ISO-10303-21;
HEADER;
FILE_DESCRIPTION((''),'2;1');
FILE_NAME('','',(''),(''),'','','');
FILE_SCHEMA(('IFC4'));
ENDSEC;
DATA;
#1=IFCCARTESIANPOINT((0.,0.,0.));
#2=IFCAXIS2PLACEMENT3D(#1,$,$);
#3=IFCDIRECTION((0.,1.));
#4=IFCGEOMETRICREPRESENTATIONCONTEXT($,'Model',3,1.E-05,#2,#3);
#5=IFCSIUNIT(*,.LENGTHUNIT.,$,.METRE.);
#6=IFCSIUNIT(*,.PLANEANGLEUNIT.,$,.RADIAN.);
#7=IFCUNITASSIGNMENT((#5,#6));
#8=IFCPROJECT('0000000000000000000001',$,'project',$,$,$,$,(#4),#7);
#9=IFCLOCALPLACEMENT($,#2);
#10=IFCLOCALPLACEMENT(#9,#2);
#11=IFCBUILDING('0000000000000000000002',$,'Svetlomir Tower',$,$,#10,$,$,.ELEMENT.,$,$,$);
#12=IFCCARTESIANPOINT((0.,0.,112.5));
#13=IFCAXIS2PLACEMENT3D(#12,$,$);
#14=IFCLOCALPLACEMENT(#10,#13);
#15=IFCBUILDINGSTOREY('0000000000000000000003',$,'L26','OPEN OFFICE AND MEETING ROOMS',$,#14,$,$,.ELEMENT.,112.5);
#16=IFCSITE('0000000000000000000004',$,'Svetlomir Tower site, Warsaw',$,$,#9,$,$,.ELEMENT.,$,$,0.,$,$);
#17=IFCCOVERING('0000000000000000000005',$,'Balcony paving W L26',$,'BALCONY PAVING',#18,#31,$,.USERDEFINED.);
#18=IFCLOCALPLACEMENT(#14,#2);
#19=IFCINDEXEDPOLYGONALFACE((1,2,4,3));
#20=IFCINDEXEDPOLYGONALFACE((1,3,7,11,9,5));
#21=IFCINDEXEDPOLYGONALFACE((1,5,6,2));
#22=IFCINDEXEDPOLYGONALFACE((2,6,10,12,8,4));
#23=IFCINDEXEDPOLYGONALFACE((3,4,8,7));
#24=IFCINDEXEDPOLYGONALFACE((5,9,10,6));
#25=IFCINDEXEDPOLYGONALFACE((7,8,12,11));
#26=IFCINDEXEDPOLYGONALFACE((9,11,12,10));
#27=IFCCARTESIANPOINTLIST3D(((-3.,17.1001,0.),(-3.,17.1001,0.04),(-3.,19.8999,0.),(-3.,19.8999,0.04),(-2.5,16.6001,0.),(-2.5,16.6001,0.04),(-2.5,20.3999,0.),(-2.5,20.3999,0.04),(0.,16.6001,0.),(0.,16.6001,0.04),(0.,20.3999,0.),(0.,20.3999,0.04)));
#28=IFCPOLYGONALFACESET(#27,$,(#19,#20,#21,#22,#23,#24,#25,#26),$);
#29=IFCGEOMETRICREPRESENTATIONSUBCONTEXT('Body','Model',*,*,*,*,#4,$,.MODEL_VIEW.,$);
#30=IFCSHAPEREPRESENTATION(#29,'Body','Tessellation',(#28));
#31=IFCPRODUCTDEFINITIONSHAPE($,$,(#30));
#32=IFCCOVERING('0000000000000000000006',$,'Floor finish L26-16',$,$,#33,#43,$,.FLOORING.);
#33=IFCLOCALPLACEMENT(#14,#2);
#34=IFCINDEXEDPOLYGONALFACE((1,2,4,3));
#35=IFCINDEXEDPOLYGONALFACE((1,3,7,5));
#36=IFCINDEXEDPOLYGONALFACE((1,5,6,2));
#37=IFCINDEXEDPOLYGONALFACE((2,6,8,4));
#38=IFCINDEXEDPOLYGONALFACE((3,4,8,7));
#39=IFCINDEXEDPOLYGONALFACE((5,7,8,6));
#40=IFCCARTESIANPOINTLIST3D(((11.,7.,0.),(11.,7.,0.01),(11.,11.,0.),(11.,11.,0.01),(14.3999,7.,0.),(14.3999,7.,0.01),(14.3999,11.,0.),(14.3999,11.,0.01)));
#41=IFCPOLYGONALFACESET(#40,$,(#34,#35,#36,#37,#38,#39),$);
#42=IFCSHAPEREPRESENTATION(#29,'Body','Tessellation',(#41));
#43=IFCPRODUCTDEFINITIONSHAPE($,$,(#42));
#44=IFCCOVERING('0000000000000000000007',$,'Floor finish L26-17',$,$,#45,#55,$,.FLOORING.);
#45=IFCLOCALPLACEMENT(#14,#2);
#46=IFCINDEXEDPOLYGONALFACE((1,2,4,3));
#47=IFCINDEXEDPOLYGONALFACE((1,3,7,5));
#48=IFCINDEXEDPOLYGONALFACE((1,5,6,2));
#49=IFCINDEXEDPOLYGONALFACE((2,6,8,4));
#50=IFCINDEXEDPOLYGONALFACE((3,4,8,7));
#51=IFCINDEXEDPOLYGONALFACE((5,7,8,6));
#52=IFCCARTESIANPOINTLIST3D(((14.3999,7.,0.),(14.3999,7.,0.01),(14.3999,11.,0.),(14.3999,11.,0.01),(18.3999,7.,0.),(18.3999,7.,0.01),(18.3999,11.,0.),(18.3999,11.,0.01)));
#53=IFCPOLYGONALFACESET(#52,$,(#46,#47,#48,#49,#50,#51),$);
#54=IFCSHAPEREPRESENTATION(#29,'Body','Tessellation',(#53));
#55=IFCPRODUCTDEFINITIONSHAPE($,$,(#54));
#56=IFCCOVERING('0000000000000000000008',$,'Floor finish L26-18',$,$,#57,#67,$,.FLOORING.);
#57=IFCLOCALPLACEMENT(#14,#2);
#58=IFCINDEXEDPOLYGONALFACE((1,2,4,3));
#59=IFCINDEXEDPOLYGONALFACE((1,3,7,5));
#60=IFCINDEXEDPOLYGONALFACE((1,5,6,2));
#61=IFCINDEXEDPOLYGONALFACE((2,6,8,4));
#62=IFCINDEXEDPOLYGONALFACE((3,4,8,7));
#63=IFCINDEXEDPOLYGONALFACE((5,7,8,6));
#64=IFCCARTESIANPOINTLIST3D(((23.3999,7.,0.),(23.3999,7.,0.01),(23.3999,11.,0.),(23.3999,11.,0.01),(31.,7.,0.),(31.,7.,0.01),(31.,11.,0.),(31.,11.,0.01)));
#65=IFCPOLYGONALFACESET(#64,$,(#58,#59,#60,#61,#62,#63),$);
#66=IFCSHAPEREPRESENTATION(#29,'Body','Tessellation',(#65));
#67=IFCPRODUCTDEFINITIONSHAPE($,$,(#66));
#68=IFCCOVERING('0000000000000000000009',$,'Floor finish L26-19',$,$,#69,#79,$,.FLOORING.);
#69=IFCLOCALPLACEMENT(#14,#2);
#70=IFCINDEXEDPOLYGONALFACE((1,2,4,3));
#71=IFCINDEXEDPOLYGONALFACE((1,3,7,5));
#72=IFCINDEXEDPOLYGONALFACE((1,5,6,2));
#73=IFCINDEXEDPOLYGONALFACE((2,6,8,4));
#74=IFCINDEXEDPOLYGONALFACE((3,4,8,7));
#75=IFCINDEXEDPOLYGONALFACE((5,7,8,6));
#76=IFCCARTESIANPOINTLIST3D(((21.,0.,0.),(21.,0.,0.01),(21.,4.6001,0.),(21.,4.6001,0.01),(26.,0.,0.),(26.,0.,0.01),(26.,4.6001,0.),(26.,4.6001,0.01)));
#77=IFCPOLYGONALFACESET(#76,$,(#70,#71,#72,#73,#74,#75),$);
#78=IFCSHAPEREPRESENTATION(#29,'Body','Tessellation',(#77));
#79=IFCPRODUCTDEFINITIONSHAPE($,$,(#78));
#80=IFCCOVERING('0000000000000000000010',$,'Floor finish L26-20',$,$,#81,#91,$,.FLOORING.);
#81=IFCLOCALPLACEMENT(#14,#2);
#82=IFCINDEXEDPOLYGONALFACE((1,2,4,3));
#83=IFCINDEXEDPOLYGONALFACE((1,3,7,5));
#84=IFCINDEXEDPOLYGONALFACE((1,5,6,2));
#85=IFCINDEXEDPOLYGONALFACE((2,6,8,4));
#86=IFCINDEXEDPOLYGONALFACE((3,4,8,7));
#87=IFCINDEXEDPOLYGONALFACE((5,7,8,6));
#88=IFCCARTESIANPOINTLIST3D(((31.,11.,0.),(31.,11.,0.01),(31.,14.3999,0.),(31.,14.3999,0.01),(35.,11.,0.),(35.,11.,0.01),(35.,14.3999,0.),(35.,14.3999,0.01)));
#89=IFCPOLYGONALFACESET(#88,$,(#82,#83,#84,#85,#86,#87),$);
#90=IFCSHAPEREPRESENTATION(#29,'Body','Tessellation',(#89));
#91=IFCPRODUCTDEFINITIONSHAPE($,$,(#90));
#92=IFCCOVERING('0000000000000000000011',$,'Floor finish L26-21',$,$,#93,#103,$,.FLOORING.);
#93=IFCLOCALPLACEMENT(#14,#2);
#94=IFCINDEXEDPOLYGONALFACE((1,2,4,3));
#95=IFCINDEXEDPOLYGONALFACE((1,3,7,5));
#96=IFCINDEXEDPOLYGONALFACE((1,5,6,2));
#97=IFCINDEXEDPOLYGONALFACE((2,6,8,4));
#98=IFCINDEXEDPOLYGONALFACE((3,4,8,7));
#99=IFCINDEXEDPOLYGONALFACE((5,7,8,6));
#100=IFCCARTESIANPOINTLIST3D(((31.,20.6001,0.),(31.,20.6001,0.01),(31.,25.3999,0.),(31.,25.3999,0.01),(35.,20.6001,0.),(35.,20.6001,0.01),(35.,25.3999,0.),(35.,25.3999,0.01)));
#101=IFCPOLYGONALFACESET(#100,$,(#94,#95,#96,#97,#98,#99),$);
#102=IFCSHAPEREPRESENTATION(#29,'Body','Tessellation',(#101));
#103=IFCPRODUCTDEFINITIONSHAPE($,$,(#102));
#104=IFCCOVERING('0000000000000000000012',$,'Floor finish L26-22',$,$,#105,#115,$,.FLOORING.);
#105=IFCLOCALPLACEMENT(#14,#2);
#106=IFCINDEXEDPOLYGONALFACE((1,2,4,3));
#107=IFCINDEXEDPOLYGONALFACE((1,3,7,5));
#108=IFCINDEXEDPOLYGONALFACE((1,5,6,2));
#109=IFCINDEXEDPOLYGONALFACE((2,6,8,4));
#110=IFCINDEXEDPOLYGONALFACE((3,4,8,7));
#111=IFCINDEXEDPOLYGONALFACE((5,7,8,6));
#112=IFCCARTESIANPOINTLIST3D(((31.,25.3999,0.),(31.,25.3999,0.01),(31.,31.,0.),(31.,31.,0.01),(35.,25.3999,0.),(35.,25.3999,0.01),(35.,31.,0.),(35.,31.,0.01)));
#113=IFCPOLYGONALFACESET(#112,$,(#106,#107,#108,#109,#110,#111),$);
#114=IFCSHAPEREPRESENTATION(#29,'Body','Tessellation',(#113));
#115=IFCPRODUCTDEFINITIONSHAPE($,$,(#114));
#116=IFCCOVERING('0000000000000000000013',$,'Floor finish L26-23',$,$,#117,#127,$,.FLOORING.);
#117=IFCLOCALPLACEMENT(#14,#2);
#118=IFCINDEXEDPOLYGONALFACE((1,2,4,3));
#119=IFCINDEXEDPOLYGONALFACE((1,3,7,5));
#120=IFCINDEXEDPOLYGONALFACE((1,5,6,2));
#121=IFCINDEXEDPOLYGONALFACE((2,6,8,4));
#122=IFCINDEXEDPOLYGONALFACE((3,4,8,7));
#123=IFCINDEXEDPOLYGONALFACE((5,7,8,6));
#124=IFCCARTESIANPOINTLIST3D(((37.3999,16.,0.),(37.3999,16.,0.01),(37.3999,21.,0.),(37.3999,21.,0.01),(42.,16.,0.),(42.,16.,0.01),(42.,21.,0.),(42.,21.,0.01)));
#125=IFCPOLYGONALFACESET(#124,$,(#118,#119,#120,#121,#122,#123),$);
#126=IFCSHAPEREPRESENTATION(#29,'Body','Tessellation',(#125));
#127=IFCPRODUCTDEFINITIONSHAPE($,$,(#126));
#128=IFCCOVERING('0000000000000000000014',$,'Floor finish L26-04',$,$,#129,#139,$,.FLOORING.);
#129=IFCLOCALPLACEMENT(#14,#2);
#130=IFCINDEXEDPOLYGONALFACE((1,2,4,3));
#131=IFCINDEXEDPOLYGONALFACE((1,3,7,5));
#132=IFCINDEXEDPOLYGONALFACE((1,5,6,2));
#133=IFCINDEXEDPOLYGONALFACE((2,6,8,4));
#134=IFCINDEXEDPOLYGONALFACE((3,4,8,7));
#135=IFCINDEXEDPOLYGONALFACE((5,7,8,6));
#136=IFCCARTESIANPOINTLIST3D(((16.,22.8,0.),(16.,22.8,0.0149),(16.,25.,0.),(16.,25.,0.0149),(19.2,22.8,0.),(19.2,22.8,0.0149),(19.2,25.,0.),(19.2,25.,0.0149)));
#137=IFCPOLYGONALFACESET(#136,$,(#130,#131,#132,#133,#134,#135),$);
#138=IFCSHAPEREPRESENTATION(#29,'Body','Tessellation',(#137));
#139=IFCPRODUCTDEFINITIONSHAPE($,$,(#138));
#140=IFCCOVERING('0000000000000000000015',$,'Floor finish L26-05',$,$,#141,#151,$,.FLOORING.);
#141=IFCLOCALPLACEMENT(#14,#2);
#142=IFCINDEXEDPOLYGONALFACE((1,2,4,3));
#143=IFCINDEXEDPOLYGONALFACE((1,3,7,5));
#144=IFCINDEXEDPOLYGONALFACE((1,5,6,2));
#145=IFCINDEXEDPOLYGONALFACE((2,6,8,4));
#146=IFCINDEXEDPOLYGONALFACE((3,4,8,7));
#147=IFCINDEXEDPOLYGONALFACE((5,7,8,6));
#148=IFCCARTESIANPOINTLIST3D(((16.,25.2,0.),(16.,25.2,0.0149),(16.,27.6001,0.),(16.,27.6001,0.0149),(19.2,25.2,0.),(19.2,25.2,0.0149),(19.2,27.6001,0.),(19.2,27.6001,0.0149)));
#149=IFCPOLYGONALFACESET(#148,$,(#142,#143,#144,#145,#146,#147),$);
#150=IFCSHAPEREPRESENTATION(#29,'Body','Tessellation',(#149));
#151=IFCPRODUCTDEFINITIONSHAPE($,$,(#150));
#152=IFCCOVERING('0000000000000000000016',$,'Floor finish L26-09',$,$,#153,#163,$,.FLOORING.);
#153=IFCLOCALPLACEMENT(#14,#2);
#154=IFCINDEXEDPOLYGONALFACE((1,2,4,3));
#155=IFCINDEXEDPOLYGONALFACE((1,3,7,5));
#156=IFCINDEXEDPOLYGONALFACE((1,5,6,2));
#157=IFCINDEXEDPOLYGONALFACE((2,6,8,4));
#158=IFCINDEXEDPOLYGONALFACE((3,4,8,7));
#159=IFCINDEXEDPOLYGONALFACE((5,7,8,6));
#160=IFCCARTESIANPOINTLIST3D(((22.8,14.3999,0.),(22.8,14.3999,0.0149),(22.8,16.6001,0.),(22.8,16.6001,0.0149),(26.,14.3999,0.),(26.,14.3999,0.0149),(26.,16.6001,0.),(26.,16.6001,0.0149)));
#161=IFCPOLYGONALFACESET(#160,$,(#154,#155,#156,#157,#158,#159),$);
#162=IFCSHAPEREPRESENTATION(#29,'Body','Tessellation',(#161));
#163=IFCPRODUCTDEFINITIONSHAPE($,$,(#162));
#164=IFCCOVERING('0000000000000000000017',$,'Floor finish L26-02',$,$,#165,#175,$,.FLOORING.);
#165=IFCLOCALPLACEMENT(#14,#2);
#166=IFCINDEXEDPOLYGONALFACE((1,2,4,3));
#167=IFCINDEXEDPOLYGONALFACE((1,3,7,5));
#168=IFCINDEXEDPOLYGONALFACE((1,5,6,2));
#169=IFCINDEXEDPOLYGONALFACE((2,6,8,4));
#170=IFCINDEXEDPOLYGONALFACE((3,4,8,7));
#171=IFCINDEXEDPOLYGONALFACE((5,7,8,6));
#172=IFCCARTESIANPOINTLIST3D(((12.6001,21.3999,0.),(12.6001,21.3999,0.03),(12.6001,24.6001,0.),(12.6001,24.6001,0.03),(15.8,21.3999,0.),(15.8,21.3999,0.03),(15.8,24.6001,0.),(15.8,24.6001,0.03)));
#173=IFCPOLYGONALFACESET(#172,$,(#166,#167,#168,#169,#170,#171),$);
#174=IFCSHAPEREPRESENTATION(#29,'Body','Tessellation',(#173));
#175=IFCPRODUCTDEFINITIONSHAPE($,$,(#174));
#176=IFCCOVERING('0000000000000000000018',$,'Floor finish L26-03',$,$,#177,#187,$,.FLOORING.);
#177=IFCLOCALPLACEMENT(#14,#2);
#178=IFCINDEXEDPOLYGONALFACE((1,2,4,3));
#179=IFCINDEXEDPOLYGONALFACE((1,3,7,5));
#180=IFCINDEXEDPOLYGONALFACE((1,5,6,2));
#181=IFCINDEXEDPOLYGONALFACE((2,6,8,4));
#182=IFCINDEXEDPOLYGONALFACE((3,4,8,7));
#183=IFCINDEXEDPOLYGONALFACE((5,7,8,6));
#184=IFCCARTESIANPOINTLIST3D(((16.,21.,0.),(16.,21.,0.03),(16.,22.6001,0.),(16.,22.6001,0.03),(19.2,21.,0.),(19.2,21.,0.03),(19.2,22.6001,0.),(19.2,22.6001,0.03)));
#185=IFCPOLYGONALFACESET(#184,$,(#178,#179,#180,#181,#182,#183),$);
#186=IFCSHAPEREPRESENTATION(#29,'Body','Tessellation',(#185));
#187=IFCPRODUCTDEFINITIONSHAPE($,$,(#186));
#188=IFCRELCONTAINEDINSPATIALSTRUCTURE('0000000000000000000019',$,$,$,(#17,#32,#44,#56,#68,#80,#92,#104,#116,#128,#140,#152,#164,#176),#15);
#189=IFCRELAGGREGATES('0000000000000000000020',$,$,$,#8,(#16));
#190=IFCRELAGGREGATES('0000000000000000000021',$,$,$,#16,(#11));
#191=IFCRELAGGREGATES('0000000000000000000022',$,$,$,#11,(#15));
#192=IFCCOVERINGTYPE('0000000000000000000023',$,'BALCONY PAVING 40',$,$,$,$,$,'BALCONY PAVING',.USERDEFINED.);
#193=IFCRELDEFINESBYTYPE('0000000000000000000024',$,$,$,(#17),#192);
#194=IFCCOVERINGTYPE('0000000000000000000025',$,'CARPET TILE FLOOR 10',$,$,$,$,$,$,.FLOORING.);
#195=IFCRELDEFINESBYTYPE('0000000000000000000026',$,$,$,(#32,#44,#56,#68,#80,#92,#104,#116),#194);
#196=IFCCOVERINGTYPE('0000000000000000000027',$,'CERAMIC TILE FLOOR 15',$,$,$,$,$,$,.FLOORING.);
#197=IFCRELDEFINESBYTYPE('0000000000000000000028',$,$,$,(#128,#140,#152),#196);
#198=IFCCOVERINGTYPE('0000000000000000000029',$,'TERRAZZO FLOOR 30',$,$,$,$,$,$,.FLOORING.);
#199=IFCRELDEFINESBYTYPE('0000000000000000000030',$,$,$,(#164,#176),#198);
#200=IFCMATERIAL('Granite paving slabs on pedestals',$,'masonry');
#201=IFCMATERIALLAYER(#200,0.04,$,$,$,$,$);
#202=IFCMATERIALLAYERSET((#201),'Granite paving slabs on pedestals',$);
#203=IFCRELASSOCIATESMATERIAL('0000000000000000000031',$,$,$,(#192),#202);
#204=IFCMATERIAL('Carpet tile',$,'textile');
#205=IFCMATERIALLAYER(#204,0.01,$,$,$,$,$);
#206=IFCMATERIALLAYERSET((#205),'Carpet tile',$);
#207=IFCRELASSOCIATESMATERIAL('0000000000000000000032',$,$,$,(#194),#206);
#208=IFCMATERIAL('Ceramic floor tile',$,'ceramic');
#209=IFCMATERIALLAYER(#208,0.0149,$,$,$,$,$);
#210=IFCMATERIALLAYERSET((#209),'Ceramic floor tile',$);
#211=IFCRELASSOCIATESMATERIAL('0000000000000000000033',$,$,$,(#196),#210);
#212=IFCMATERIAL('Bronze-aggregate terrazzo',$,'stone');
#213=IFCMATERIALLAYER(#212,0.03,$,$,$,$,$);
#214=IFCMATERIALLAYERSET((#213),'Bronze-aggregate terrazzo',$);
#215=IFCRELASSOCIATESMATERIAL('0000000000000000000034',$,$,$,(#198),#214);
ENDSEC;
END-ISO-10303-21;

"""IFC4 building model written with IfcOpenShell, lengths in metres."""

from ifc_helpers import new_model, si_unit, direction, frame, origin, place, context, subcontext, project, spatial, polyline, outline, extrude, material, layer, layer_set, type_object, element, save


model = new_model("IFC4")

# Units and contexts
model_context = context("Model", 3, precision=1e-05, world=origin(), true_north=direction((0.0, 1.0)))
body_context = subcontext(model_context, "Body", "Model", "MODEL_VIEW")
ifc_project = project(units=[si_unit("LENGTHUNIT", "METRE"), si_unit("PLANEANGLEUNIT", "RADIAN")], contexts=[model_context])

# Site, building, storey
site_placement = place(None, origin())
site = spatial("IfcSite", under=ifc_project, at=site_placement, Name="Svetlomir Tower site, Warsaw", CompositionType="ELEMENT", RefElevation=0.0)
building_placement = place(site_placement, origin())
building = spatial("IfcBuilding", under=site, at=building_placement, Name="Svetlomir Tower", CompositionType="ELEMENT")
storey_placement = place(building_placement, frame((0.0, 0.0, 112.5)))
storey = spatial("IfcBuildingStorey", under=building, at=storey_placement, Name="L26", Description="OPEN OFFICE AND MEETING ROOMS", CompositionType="ELEMENT", Elevation=112.5)

# Coverings
ifc_material_1 = material(Name="Granite paving slabs on pedestals", Category="masonry")
ifc_layer_1 = layer(ifc_material_1, 0.04)
ifc_layer_set_1 = layer_set([ifc_layer_1], Name="Granite paving slabs on pedestals")
covering_type_1 = type_object("IfcCoveringType", Name="BALCONY PAVING 40", ElementType="BALCONY PAVING", PredefinedType="USERDEFINED", material=ifc_layer_set_1)
covering_1_placement = place(storey_placement, origin())
element("IfcCovering", 1, at=covering_1_placement, inside=storey, type_object=covering_type_1, Name="Balcony paving W L26", ObjectType="BALCONY PAVING", PredefinedType="USERDEFINED", context=body_context, shape_type="SweptSolid", body=[
    extrude(outline(polyline([(-2.5, 16.6001), (0.0, 16.6001), (0.0, 20.3999), (-2.5, 20.3999), (-3.0, 19.8999), (-3.0, 17.1001), (-2.5, 16.6001)])), origin(), (0.0, 0.0, 1.0), 0.04),
])
ifc_material_2 = material(Name="Carpet tile", Category="textile")
ifc_layer_2 = layer(ifc_material_2, 0.01)
ifc_layer_set_2 = layer_set([ifc_layer_2], Name="Carpet tile")
covering_type_2 = type_object("IfcCoveringType", Name="CARPET TILE FLOOR 10", PredefinedType="FLOORING", material=ifc_layer_set_2)
covering_2_placement = place(storey_placement, origin())
element("IfcCovering", 2, at=covering_2_placement, inside=storey, type_object=covering_type_2, Name="Floor finish L26-16", PredefinedType="FLOORING", context=body_context, shape_type="SweptSolid", body=[
    extrude(outline(polyline([(11.0, 7.0), (14.3999, 7.0), (14.3999, 11.0), (11.0, 11.0), (11.0, 7.0)])), origin(), (0.0, 0.0, 1.0), 0.01),
])
covering_3_placement = place(storey_placement, origin())
element("IfcCovering", 3, at=covering_3_placement, inside=storey, type_object=covering_type_2, Name="Floor finish L26-17", PredefinedType="FLOORING", context=body_context, shape_type="SweptSolid", body=[
    extrude(outline(polyline([(14.3999, 7.0), (18.3999, 7.0), (18.3999, 11.0), (14.3999, 11.0), (14.3999, 7.0)])), origin(), (0.0, 0.0, 1.0), 0.01),
])
covering_4_placement = place(storey_placement, origin())
element("IfcCovering", 4, at=covering_4_placement, inside=storey, type_object=covering_type_2, Name="Floor finish L26-18", PredefinedType="FLOORING", context=body_context, shape_type="SweptSolid", body=[
    extrude(outline(polyline([(23.3999, 7.0), (31.0, 7.0), (31.0, 11.0), (23.3999, 11.0), (23.3999, 7.0)])), origin(), (0.0, 0.0, 1.0), 0.01),
])
covering_5_placement = place(storey_placement, origin())
element("IfcCovering", 5, at=covering_5_placement, inside=storey, type_object=covering_type_2, Name="Floor finish L26-19", PredefinedType="FLOORING", context=body_context, shape_type="SweptSolid", body=[
    extrude(outline(polyline([(21.0, 0.0), (26.0, 0.0), (26.0, 4.6001), (21.0, 4.6001), (21.0, 0.0)])), origin(), (0.0, 0.0, 1.0), 0.01),
])
covering_6_placement = place(storey_placement, origin())
element("IfcCovering", 6, at=covering_6_placement, inside=storey, type_object=covering_type_2, Name="Floor finish L26-20", PredefinedType="FLOORING", context=body_context, shape_type="SweptSolid", body=[
    extrude(outline(polyline([(31.0, 11.0), (35.0, 11.0), (35.0, 14.3999), (31.0, 14.3999), (31.0, 11.0)])), origin(), (0.0, 0.0, 1.0), 0.01),
])
covering_7_placement = place(storey_placement, origin())
element("IfcCovering", 7, at=covering_7_placement, inside=storey, type_object=covering_type_2, Name="Floor finish L26-21", PredefinedType="FLOORING", context=body_context, shape_type="SweptSolid", body=[
    extrude(outline(polyline([(31.0, 20.6001), (35.0, 20.6001), (35.0, 25.3999), (31.0, 25.3999), (31.0, 20.6001)])), origin(), (0.0, 0.0, 1.0), 0.01),
])
covering_8_placement = place(storey_placement, origin())
element("IfcCovering", 8, at=covering_8_placement, inside=storey, type_object=covering_type_2, Name="Floor finish L26-22", PredefinedType="FLOORING", context=body_context, shape_type="SweptSolid", body=[
    extrude(outline(polyline([(31.0, 25.3999), (35.0, 25.3999), (35.0, 31.0), (31.0, 31.0), (31.0, 25.3999)])), origin(), (0.0, 0.0, 1.0), 0.01),
])
covering_9_placement = place(storey_placement, origin())
element("IfcCovering", 9, at=covering_9_placement, inside=storey, type_object=covering_type_2, Name="Floor finish L26-23", PredefinedType="FLOORING", context=body_context, shape_type="SweptSolid", body=[
    extrude(outline(polyline([(37.3999, 16.0), (42.0, 16.0), (42.0, 21.0), (37.3999, 21.0), (37.3999, 16.0)])), origin(), (0.0, 0.0, 1.0), 0.01),
])
ifc_material_3 = material(Name="Ceramic floor tile", Category="ceramic")
ifc_layer_3 = layer(ifc_material_3, 0.0149)
ifc_layer_set_3 = layer_set([ifc_layer_3], Name="Ceramic floor tile")
covering_type_3 = type_object("IfcCoveringType", Name="CERAMIC TILE FLOOR 15", PredefinedType="FLOORING", material=ifc_layer_set_3)
covering_10_placement = place(storey_placement, origin())
element("IfcCovering", 10, at=covering_10_placement, inside=storey, type_object=covering_type_3, Name="Floor finish L26-04", PredefinedType="FLOORING", context=body_context, shape_type="SweptSolid", body=[
    extrude(outline(polyline([(16.0, 22.8), (19.2, 22.8), (19.2, 25.0), (16.0, 25.0), (16.0, 22.8)])), origin(), (0.0, 0.0, 1.0), 0.0149),
])
covering_11_placement = place(storey_placement, origin())
element("IfcCovering", 11, at=covering_11_placement, inside=storey, type_object=covering_type_3, Name="Floor finish L26-05", PredefinedType="FLOORING", context=body_context, shape_type="SweptSolid", body=[
    extrude(outline(polyline([(16.0, 25.2), (19.2, 25.2), (19.2, 27.6001), (16.0, 27.6001), (16.0, 25.2)])), origin(), (0.0, 0.0, 1.0), 0.0149),
])
covering_12_placement = place(storey_placement, origin())
element("IfcCovering", 12, at=covering_12_placement, inside=storey, type_object=covering_type_3, Name="Floor finish L26-09", PredefinedType="FLOORING", context=body_context, shape_type="SweptSolid", body=[
    extrude(outline(polyline([(22.8, 14.3999), (26.0, 14.3999), (26.0, 16.6001), (22.8, 16.6001), (22.8, 14.3999)])), origin(), (0.0, 0.0, 1.0), 0.0149),
])
ifc_material_4 = material(Name="Bronze-aggregate terrazzo", Category="stone")
ifc_layer_4 = layer(ifc_material_4, 0.03)
ifc_layer_set_4 = layer_set([ifc_layer_4], Name="Bronze-aggregate terrazzo")
covering_type_4 = type_object("IfcCoveringType", Name="TERRAZZO FLOOR 30", PredefinedType="FLOORING", material=ifc_layer_set_4)
covering_13_placement = place(storey_placement, origin())
element("IfcCovering", 13, at=covering_13_placement, inside=storey, type_object=covering_type_4, Name="Floor finish L26-02", PredefinedType="FLOORING", context=body_context, shape_type="SweptSolid", body=[
    extrude(outline(polyline([(12.6001, 21.3999), (15.8, 21.3999), (15.8, 24.6001), (12.6001, 24.6001), (12.6001, 21.3999)])), origin(), (0.0, 0.0, 1.0), 0.03),
])
covering_14_placement = place(storey_placement, origin())
element("IfcCovering", 14, at=covering_14_placement, inside=storey, type_object=covering_type_4, Name="Floor finish L26-03", PredefinedType="FLOORING", context=body_context, shape_type="SweptSolid", body=[
    extrude(outline(polyline([(16.0, 21.0), (19.2, 21.0), (19.2, 22.6001), (16.0, 22.6001), (16.0, 21.0)])), origin(), (0.0, 0.0, 1.0), 0.03),
])

save(model, "model.ifc")
